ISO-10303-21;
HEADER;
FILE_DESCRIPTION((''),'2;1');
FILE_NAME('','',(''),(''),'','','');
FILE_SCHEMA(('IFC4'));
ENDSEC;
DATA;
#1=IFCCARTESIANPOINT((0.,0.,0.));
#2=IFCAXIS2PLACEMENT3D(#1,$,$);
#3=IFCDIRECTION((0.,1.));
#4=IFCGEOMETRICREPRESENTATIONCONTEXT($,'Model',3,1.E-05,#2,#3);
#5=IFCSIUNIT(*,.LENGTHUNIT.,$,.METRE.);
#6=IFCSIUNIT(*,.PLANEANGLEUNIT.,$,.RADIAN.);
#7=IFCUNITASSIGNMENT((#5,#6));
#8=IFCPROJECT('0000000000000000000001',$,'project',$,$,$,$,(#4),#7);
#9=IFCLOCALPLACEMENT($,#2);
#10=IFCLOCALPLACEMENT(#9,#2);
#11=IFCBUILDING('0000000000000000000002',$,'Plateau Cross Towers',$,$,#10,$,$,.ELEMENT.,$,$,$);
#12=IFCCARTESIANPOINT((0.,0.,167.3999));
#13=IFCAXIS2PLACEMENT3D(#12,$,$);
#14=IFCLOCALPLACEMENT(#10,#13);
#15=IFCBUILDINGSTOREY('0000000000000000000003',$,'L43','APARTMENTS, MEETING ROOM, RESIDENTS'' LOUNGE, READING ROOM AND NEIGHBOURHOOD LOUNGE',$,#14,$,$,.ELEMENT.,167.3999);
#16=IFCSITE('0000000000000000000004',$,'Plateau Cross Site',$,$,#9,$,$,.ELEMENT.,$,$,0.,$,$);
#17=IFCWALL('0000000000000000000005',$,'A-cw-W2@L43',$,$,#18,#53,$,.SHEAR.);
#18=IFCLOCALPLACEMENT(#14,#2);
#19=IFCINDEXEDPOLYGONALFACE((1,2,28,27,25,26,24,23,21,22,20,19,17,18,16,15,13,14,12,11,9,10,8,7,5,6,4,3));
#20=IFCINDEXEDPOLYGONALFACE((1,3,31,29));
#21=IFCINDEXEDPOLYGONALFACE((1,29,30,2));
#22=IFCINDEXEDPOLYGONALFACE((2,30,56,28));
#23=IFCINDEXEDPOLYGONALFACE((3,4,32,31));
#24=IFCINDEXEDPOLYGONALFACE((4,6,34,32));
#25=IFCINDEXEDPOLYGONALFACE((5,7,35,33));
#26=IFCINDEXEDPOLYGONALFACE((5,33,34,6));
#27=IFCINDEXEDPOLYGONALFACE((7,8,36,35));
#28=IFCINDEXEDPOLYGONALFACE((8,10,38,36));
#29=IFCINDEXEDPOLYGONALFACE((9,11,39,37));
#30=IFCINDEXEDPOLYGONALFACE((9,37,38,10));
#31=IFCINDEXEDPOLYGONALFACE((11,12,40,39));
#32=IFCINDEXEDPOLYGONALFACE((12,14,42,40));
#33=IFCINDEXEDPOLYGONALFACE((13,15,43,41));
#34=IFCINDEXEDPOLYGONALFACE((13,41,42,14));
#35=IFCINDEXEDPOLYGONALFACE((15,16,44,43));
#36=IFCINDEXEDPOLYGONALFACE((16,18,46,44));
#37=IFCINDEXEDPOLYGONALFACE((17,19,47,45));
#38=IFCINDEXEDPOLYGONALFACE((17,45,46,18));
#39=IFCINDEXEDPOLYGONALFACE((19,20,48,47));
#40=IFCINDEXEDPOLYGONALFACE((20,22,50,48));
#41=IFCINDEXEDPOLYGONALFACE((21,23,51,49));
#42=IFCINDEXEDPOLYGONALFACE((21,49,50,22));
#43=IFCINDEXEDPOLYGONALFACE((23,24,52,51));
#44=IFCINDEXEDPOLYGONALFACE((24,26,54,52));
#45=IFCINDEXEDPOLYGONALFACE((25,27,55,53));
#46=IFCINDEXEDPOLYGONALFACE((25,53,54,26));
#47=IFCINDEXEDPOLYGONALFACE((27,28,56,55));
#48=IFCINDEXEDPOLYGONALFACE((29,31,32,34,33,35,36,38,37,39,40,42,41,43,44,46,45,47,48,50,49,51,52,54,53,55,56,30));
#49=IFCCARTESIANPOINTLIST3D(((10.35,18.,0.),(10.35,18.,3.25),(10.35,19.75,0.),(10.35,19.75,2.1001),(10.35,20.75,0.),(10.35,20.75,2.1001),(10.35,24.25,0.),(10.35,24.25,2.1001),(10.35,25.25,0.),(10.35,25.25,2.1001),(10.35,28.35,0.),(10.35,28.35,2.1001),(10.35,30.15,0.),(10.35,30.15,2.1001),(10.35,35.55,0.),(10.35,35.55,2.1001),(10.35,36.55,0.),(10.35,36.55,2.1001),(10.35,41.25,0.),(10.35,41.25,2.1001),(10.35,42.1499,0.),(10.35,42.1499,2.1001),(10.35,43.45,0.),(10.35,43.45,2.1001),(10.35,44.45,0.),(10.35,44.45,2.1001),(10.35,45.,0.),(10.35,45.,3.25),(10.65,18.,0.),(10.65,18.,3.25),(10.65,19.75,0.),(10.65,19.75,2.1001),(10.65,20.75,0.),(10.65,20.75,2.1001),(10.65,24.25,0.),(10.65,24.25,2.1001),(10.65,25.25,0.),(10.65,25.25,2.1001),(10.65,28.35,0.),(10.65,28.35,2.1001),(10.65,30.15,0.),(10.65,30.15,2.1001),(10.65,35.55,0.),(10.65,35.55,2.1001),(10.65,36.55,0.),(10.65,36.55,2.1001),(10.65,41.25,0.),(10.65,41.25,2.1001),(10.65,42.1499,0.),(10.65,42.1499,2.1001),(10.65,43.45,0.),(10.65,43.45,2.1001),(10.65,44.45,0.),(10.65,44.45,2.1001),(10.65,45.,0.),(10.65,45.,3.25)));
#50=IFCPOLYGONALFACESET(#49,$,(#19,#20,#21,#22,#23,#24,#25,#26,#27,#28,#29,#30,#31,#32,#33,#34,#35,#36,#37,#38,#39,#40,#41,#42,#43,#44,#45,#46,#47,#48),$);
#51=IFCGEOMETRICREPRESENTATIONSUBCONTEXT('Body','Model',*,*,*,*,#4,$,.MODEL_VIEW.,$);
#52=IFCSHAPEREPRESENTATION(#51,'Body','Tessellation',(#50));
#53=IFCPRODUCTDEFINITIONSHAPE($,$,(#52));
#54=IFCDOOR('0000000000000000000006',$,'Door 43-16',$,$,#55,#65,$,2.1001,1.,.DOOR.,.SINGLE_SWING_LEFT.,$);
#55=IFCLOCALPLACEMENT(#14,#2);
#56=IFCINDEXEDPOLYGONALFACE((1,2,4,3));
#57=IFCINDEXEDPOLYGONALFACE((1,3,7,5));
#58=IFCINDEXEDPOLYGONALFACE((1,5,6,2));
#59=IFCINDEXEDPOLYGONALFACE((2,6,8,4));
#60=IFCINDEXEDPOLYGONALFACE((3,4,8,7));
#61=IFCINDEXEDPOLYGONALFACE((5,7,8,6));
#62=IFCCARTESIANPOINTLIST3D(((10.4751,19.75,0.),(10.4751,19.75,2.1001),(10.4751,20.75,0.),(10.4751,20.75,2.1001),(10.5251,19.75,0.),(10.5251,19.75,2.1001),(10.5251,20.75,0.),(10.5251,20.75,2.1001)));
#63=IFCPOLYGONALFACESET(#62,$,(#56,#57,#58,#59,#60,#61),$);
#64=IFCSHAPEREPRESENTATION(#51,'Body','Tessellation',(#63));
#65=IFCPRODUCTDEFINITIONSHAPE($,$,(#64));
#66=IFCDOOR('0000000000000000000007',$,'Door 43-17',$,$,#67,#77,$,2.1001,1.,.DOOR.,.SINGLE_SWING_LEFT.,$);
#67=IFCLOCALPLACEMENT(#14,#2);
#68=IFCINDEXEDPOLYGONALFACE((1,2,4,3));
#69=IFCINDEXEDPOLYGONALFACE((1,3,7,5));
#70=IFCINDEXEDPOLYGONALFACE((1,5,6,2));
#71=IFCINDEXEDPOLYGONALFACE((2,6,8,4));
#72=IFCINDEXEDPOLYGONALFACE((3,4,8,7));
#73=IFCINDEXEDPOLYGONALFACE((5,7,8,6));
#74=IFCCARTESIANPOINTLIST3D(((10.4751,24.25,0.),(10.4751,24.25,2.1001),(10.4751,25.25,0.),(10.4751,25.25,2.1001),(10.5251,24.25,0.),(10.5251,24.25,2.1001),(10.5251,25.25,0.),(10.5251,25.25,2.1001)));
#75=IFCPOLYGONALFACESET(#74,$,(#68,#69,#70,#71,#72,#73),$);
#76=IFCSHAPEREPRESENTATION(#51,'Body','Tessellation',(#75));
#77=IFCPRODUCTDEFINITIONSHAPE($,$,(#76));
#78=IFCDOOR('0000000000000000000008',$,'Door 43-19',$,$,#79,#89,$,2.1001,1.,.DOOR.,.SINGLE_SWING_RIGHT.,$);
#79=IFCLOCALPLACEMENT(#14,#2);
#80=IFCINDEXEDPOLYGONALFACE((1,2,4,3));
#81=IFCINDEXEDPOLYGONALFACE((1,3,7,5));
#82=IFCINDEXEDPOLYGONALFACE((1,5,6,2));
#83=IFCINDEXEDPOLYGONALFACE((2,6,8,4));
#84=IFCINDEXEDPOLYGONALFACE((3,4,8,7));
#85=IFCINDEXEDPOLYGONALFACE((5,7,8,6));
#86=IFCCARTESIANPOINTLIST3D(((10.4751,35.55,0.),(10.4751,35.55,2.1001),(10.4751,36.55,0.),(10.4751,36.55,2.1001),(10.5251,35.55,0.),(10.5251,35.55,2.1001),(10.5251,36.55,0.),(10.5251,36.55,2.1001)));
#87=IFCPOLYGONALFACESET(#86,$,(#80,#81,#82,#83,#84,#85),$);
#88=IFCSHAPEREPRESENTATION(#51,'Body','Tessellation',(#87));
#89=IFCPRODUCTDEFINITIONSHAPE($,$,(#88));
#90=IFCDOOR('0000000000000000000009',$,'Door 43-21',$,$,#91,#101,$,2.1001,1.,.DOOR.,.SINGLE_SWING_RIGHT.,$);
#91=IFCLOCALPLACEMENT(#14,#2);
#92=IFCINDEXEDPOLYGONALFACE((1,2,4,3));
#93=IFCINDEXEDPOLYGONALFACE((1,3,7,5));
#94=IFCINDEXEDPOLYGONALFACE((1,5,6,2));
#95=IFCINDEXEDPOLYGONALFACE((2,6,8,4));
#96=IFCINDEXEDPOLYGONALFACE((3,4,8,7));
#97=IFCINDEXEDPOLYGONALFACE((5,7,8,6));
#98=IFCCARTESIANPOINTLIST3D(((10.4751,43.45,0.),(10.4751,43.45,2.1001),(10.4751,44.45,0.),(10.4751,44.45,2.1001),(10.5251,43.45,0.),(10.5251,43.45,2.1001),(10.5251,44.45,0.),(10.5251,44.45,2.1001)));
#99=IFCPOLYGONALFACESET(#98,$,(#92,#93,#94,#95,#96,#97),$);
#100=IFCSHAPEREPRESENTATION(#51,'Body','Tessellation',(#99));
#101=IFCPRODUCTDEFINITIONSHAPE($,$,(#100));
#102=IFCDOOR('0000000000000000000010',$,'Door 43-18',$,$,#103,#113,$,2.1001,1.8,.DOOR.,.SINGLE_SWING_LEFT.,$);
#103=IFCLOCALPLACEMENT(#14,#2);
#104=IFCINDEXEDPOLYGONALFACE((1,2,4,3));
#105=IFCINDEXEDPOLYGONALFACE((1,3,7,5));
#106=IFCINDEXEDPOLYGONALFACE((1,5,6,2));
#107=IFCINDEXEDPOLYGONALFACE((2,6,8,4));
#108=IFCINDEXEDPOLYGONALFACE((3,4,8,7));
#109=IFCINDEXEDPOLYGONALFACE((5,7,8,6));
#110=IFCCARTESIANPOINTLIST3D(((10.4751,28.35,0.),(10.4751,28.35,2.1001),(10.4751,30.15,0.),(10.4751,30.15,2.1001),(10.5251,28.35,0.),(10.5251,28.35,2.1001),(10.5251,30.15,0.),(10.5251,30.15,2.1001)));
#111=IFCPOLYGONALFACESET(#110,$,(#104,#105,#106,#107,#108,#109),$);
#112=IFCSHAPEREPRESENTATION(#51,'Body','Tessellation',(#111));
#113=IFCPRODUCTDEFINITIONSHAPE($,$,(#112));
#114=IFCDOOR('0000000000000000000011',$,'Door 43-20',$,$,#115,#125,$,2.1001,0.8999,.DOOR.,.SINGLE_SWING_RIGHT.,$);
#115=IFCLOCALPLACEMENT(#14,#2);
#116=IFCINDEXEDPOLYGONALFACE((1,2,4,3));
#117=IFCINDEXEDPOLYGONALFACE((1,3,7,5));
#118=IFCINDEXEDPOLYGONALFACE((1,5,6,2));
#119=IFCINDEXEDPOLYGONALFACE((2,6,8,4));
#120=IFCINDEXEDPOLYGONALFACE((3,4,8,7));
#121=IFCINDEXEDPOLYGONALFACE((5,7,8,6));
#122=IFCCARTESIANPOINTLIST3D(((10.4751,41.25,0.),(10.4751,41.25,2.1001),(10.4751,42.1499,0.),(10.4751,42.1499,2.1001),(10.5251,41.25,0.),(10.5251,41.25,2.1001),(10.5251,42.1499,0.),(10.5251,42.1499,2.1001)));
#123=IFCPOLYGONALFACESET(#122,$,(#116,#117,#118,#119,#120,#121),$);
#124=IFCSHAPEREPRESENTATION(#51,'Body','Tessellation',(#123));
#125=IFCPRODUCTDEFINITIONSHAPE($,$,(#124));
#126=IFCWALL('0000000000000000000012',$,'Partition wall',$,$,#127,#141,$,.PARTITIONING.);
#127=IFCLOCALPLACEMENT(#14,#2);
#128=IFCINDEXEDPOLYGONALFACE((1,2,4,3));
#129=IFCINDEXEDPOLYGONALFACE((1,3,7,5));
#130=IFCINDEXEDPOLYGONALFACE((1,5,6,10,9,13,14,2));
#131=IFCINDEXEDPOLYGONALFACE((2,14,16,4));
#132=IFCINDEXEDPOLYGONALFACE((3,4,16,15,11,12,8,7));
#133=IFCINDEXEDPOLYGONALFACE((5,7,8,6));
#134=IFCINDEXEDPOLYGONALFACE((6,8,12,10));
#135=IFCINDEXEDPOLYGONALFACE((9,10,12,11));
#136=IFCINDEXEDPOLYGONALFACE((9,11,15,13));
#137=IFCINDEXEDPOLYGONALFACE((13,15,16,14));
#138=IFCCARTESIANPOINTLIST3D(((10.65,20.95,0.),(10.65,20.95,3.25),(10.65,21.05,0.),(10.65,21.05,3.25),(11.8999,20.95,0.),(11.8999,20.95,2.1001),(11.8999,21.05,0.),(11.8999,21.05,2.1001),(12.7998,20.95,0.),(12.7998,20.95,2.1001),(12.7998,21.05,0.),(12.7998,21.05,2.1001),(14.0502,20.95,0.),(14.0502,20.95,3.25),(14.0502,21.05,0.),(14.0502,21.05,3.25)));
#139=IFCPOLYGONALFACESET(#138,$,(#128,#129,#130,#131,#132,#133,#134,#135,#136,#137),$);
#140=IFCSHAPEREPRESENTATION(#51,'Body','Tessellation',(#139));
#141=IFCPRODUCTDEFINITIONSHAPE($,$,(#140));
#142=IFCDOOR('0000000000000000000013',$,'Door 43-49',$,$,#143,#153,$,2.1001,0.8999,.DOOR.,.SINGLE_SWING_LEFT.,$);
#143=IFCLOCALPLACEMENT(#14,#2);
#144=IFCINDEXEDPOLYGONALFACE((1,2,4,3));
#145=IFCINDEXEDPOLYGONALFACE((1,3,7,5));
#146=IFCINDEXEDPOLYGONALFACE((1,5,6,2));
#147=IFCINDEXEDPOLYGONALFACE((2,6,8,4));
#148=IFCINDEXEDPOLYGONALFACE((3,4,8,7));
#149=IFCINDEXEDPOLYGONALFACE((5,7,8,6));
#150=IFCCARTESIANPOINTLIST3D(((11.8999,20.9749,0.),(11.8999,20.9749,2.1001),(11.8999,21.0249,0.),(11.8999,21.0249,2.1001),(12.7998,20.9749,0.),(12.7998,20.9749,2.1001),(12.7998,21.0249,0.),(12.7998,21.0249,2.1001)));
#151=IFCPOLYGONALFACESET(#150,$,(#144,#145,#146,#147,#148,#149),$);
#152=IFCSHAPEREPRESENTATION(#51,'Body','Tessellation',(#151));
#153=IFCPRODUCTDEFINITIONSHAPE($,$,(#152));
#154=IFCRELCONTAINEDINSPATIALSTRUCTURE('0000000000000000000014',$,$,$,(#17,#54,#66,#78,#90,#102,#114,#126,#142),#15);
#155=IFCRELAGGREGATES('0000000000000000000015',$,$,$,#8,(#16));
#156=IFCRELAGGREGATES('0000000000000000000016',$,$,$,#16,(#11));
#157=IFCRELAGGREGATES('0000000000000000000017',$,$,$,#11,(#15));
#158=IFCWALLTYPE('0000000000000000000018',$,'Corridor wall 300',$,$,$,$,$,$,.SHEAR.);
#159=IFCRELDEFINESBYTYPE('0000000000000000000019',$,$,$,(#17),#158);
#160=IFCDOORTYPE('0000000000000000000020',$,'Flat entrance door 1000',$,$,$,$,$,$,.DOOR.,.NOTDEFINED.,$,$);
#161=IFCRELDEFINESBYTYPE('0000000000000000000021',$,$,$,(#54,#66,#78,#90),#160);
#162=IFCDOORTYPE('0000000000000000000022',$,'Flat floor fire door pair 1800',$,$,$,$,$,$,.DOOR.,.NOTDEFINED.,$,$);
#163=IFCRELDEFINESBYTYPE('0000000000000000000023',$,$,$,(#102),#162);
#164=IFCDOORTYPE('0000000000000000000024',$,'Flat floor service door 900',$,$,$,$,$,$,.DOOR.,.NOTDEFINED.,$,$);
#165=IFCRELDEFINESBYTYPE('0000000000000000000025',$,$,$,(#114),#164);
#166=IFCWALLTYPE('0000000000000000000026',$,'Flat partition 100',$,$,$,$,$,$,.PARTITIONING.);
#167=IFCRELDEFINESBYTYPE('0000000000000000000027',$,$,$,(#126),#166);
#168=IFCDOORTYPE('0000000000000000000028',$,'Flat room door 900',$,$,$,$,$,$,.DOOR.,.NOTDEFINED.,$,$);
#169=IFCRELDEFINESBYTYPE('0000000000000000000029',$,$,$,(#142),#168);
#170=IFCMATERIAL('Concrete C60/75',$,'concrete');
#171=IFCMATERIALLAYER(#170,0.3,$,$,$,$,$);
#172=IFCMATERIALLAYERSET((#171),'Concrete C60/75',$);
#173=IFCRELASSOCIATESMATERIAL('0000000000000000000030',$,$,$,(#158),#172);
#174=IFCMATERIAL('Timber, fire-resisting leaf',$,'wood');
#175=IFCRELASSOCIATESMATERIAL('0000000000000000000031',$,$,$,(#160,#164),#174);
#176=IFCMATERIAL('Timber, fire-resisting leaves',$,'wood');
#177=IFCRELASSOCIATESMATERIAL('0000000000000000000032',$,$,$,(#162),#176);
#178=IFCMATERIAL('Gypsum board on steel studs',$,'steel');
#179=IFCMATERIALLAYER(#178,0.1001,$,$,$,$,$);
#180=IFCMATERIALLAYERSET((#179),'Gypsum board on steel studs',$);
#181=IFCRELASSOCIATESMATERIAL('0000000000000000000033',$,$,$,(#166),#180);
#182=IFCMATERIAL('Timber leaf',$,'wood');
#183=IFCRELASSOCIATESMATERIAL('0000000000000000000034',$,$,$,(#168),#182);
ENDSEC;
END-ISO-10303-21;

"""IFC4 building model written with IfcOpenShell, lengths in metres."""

from ifc_helpers import new_model, si_unit, direction, frame, frame_2d, origin, place, context, subcontext, project, spatial, rectangle, extrude, material, layer, layer_set, type_object, element, fill, save


model = new_model("IFC4")

# Units and contexts
model_context = context("Model", 3, precision=1e-05, world=origin(), true_north=direction((0.0, 1.0)))
body_context = subcontext(model_context, "Body", "Model", "MODEL_VIEW")
ifc_project = project(units=[si_unit("LENGTHUNIT", "METRE"), si_unit("PLANEANGLEUNIT", "RADIAN")], contexts=[model_context])

# Site, building, storey
site_placement = place(None, origin())
site = spatial("IfcSite", under=ifc_project, at=site_placement, Name="Plateau Cross Site", CompositionType="ELEMENT", RefElevation=0.0)
building_placement = place(site_placement, origin())
building = spatial("IfcBuilding", under=site, at=building_placement, Name="Plateau Cross Towers", CompositionType="ELEMENT")
storey_placement = place(building_placement, frame((0.0, 0.0, 167.3999)))
storey = spatial("IfcBuildingStorey", under=building, at=storey_placement, Name="L43", Description="APARTMENTS, MEETING ROOM, RESIDENTS' LOUNGE, READING ROOM AND NEIGHBOURHOOD LOUNGE", CompositionType="ELEMENT", Elevation=167.3999)

# Wall, openings, doors
ifc_material_1 = material(Name="Concrete C60/75", Category="concrete")
ifc_layer_1 = layer(ifc_material_1, 0.3)
ifc_layer_set_1 = layer_set([ifc_layer_1], Name="Concrete C60/75")
wall_type_1 = type_object("IfcWallType", Name="Corridor wall 300", PredefinedType="SHEAR", material=ifc_layer_set_1)
ifc_material_2 = material(Name="Timber, fire-resisting leaf", Category="wood")
door_type_1 = type_object("IfcDoorType", Name="Flat entrance door 1000", OperationType="NOTDEFINED", PredefinedType="DOOR", material=ifc_material_2)
wall_1_placement = place(storey_placement, frame((10.5, 18.0, 0.0), z_axis=(0.0, 0.0, 1.0), x_axis=(0.0, 1.0, 0.0)))
wall_1 = element("IfcWall", 1, at=wall_1_placement, inside=storey, type_object=wall_type_1, Name="A-cw-W2@L43", PredefinedType="SHEAR", context=body_context, shape_type="SweptSolid", body=[
    extrude(rectangle(XDim=27.0, YDim=0.3, at=frame_2d((13.5, 0.0))), origin(), (0.0, 0.0, 1.0), 3.25),
])
opening_1_placement = place(wall_1_placement, frame((1.75, 0.0, 0.0)))
opening_1 = element("IfcOpeningElement", 2, at=opening_1_placement, cuts=wall_1, PredefinedType="OPENING", context=body_context, shape_type="SweptSolid", body=[
    extrude(rectangle(XDim=1.0, YDim=2.1001, at=frame_2d((0.5, 1.05))), frame((0.0, 0.1599, 0.0), z_axis=(0.0, -1.0, 0.0), x_axis=(1.0, 0.0, 0.0)), (0.0, 0.0, 1.0), 0.3201),
])
opening_2_placement = place(wall_1_placement, frame((6.25, 0.0, 0.0)))
opening_2 = element("IfcOpeningElement", 3, at=opening_2_placement, cuts=wall_1, PredefinedType="OPENING", context=body_context, shape_type="SweptSolid", body=[
    extrude(rectangle(XDim=1.0, YDim=2.1001, at=frame_2d((0.5, 1.05))), frame((0.0, 0.1599, 0.0), z_axis=(0.0, -1.0, 0.0), x_axis=(1.0, 0.0, 0.0)), (0.0, 0.0, 1.0), 0.3201),
])
opening_3_placement = place(wall_1_placement, frame((10.3501, 0.0, 0.0)))
opening_3 = element("IfcOpeningElement", 4, at=opening_3_placement, cuts=wall_1, PredefinedType="OPENING", context=body_context, shape_type="SweptSolid", body=[
    extrude(rectangle(XDim=1.8, YDim=2.1001, at=frame_2d((0.8999, 1.05))), frame((0.0, 0.1599, 0.0), z_axis=(0.0, -1.0, 0.0), x_axis=(1.0, 0.0, 0.0)), (0.0, 0.0, 1.0), 0.3201),
])
opening_4_placement = place(wall_1_placement, frame((17.55, 0.0, 0.0)))
opening_4 = element("IfcOpeningElement", 5, at=opening_4_placement, cuts=wall_1, PredefinedType="OPENING", context=body_context, shape_type="SweptSolid", body=[
    extrude(rectangle(XDim=1.0, YDim=2.1001, at=frame_2d((0.5, 1.05))), frame((0.0, 0.1599, 0.0), z_axis=(0.0, -1.0, 0.0), x_axis=(1.0, 0.0, 0.0)), (0.0, 0.0, 1.0), 0.3201),
])
opening_5_placement = place(wall_1_placement, frame((23.25, 0.0, 0.0)))
opening_5 = element("IfcOpeningElement", 6, at=opening_5_placement, cuts=wall_1, PredefinedType="OPENING", context=body_context, shape_type="SweptSolid", body=[
    extrude(rectangle(XDim=0.8999, YDim=2.1001, at=frame_2d((0.45, 1.05))), frame((0.0, 0.1599, 0.0), z_axis=(0.0, -1.0, 0.0), x_axis=(1.0, 0.0, 0.0)), (0.0, 0.0, 1.0), 0.3201),
])
opening_6_placement = place(wall_1_placement, frame((25.45, 0.0, 0.0)))
opening_6 = element("IfcOpeningElement", 7, at=opening_6_placement, cuts=wall_1, PredefinedType="OPENING", context=body_context, shape_type="SweptSolid", body=[
    extrude(rectangle(XDim=1.0, YDim=2.1001, at=frame_2d((0.5, 1.05))), frame((0.0, 0.1599, 0.0), z_axis=(0.0, -1.0, 0.0), x_axis=(1.0, 0.0, 0.0)), (0.0, 0.0, 1.0), 0.3201),
])
door_1_placement = place(opening_1_placement, origin())
door_1 = element("IfcDoor", 8, at=door_1_placement, inside=storey, type_object=door_type_1, Name="Door 43-16", OperationType="SINGLE_SWING_LEFT", OverallHeight=2.1001, OverallWidth=1.0, PredefinedType="DOOR", context=body_context, shape_type="SweptSolid", body=[
    extrude(rectangle(XDim=1.0, YDim=2.1001, at=frame_2d((0.5, 1.05))), frame((0.0, 0.0249, 0.0), z_axis=(0.0, -1.0, 0.0), x_axis=(1.0, 0.0, 0.0)), (0.0, 0.0, 1.0), 0.05),
])
fill(opening_1, door_1)
door_2_placement = place(opening_2_placement, origin())
door_2 = element("IfcDoor", 9, at=door_2_placement, inside=storey, type_object=door_type_1, Name="Door 43-17", OperationType="SINGLE_SWING_LEFT", OverallHeight=2.1001, OverallWidth=1.0, PredefinedType="DOOR", context=body_context, shape_type="SweptSolid", body=[
    extrude(rectangle(XDim=1.0, YDim=2.1001, at=frame_2d((0.5, 1.05))), frame((0.0, 0.0249, 0.0), z_axis=(0.0, -1.0, 0.0), x_axis=(1.0, 0.0, 0.0)), (0.0, 0.0, 1.0), 0.05),
])
fill(opening_2, door_2)
door_3_placement = place(opening_4_placement, origin())
door_3 = element("IfcDoor", 10, at=door_3_placement, inside=storey, type_object=door_type_1, Name="Door 43-19", OperationType="SINGLE_SWING_RIGHT", OverallHeight=2.1001, OverallWidth=1.0, PredefinedType="DOOR", context=body_context, shape_type="SweptSolid", body=[
    extrude(rectangle(XDim=1.0, YDim=2.1001, at=frame_2d((0.5, 1.05))), frame((0.0, 0.0249, 0.0), z_axis=(0.0, -1.0, 0.0), x_axis=(1.0, 0.0, 0.0)), (0.0, 0.0, 1.0), 0.05),
])
fill(opening_4, door_3)
door_4_placement = place(opening_6_placement, origin())
door_4 = element("IfcDoor", 11, at=door_4_placement, inside=storey, type_object=door_type_1, Name="Door 43-21", OperationType="SINGLE_SWING_RIGHT", OverallHeight=2.1001, OverallWidth=1.0, PredefinedType="DOOR", context=body_context, shape_type="SweptSolid", body=[
    extrude(rectangle(XDim=1.0, YDim=2.1001, at=frame_2d((0.5, 1.05))), frame((0.0, 0.0249, 0.0), z_axis=(0.0, -1.0, 0.0), x_axis=(1.0, 0.0, 0.0)), (0.0, 0.0, 1.0), 0.05),
])
fill(opening_6, door_4)
ifc_material_3 = material(Name="Timber, fire-resisting leaves", Category="wood")
door_type_2 = type_object("IfcDoorType", Name="Flat floor fire door pair 1800", OperationType="NOTDEFINED", PredefinedType="DOOR", material=ifc_material_3)
door_5_placement = place(opening_3_placement, origin())
door_5 = element("IfcDoor", 12, at=door_5_placement, inside=storey, type_object=door_type_2, Name="Door 43-18", OperationType="SINGLE_SWING_LEFT", OverallHeight=2.1001, OverallWidth=1.8, PredefinedType="DOOR", context=body_context, shape_type="SweptSolid", body=[
    extrude(rectangle(XDim=1.8, YDim=2.1001, at=frame_2d((0.8999, 1.05))), frame((0.0, 0.0249, 0.0), z_axis=(0.0, -1.0, 0.0), x_axis=(1.0, 0.0, 0.0)), (0.0, 0.0, 1.0), 0.05),
])
fill(opening_3, door_5)
door_type_3 = type_object("IfcDoorType", Name="Flat floor service door 900", OperationType="NOTDEFINED", PredefinedType="DOOR", material=ifc_material_2)
door_6_placement = place(opening_5_placement, origin())
door_6 = element("IfcDoor", 13, at=door_6_placement, inside=storey, type_object=door_type_3, Name="Door 43-20", OperationType="SINGLE_SWING_RIGHT", OverallHeight=2.1001, OverallWidth=0.8999, PredefinedType="DOOR", context=body_context, shape_type="SweptSolid", body=[
    extrude(rectangle(XDim=0.8999, YDim=2.1001, at=frame_2d((0.45, 1.05))), frame((0.0, 0.0249, 0.0), z_axis=(0.0, -1.0, 0.0), x_axis=(1.0, 0.0, 0.0)), (0.0, 0.0, 1.0), 0.05),
])
fill(opening_5, door_6)

# Wall, opening, door
ifc_material_4 = material(Name="Gypsum board on steel studs", Category="steel")
ifc_layer_2 = layer(ifc_material_4, 0.1001)
ifc_layer_set_2 = layer_set([ifc_layer_2], Name="Gypsum board on steel studs")
wall_type_2 = type_object("IfcWallType", Name="Flat partition 100", PredefinedType="PARTITIONING", material=ifc_layer_set_2)
wall_2_placement = place(storey_placement, frame((10.6499, 21.0, 0.0), z_axis=(0.0, 0.0, 1.0), x_axis=(1.0, 0.0, 0.0)))
wall_2 = element("IfcWall", 14, at=wall_2_placement, inside=storey, type_object=wall_type_2, Name="Partition wall", PredefinedType="PARTITIONING", context=body_context, shape_type="SweptSolid", body=[
    extrude(rectangle(XDim=3.4001, YDim=0.1001, at=frame_2d((1.7002, 0.0))), origin(), (0.0, 0.0, 1.0), 3.25),
])
opening_7_placement = place(wall_2_placement, frame((1.25, 0.0, 0.0)))
opening_7 = element("IfcOpeningElement", 15, at=opening_7_placement, cuts=wall_2, PredefinedType="OPENING", context=body_context, shape_type="SweptSolid", body=[
    extrude(rectangle(XDim=0.8999, YDim=2.1001, at=frame_2d((0.45, 1.05))), frame((0.0, 0.0601, 0.0), z_axis=(0.0, -1.0, 0.0), x_axis=(1.0, 0.0, 0.0)), (0.0, 0.0, 1.0), 0.1201),
])
ifc_material_5 = material(Name="Timber leaf", Category="wood")
door_type_4 = type_object("IfcDoorType", Name="Flat room door 900", OperationType="NOTDEFINED", PredefinedType="DOOR", material=ifc_material_5)
door_7_placement = place(opening_7_placement, origin())
door_7 = element("IfcDoor", 16, at=door_7_placement, inside=storey, type_object=door_type_4, Name="Door 43-49", OperationType="SINGLE_SWING_LEFT", OverallHeight=2.1001, OverallWidth=0.8999, PredefinedType="DOOR", context=body_context, shape_type="SweptSolid", body=[
    extrude(rectangle(XDim=0.8999, YDim=2.1001, at=frame_2d((0.45, 1.05))), frame((0.0, 0.0249, 0.0), z_axis=(0.0, -1.0, 0.0), x_axis=(1.0, 0.0, 0.0)), (0.0, 0.0, 1.0), 0.05),
])
fill(opening_7, door_7)

save(model, "model.ifc")
